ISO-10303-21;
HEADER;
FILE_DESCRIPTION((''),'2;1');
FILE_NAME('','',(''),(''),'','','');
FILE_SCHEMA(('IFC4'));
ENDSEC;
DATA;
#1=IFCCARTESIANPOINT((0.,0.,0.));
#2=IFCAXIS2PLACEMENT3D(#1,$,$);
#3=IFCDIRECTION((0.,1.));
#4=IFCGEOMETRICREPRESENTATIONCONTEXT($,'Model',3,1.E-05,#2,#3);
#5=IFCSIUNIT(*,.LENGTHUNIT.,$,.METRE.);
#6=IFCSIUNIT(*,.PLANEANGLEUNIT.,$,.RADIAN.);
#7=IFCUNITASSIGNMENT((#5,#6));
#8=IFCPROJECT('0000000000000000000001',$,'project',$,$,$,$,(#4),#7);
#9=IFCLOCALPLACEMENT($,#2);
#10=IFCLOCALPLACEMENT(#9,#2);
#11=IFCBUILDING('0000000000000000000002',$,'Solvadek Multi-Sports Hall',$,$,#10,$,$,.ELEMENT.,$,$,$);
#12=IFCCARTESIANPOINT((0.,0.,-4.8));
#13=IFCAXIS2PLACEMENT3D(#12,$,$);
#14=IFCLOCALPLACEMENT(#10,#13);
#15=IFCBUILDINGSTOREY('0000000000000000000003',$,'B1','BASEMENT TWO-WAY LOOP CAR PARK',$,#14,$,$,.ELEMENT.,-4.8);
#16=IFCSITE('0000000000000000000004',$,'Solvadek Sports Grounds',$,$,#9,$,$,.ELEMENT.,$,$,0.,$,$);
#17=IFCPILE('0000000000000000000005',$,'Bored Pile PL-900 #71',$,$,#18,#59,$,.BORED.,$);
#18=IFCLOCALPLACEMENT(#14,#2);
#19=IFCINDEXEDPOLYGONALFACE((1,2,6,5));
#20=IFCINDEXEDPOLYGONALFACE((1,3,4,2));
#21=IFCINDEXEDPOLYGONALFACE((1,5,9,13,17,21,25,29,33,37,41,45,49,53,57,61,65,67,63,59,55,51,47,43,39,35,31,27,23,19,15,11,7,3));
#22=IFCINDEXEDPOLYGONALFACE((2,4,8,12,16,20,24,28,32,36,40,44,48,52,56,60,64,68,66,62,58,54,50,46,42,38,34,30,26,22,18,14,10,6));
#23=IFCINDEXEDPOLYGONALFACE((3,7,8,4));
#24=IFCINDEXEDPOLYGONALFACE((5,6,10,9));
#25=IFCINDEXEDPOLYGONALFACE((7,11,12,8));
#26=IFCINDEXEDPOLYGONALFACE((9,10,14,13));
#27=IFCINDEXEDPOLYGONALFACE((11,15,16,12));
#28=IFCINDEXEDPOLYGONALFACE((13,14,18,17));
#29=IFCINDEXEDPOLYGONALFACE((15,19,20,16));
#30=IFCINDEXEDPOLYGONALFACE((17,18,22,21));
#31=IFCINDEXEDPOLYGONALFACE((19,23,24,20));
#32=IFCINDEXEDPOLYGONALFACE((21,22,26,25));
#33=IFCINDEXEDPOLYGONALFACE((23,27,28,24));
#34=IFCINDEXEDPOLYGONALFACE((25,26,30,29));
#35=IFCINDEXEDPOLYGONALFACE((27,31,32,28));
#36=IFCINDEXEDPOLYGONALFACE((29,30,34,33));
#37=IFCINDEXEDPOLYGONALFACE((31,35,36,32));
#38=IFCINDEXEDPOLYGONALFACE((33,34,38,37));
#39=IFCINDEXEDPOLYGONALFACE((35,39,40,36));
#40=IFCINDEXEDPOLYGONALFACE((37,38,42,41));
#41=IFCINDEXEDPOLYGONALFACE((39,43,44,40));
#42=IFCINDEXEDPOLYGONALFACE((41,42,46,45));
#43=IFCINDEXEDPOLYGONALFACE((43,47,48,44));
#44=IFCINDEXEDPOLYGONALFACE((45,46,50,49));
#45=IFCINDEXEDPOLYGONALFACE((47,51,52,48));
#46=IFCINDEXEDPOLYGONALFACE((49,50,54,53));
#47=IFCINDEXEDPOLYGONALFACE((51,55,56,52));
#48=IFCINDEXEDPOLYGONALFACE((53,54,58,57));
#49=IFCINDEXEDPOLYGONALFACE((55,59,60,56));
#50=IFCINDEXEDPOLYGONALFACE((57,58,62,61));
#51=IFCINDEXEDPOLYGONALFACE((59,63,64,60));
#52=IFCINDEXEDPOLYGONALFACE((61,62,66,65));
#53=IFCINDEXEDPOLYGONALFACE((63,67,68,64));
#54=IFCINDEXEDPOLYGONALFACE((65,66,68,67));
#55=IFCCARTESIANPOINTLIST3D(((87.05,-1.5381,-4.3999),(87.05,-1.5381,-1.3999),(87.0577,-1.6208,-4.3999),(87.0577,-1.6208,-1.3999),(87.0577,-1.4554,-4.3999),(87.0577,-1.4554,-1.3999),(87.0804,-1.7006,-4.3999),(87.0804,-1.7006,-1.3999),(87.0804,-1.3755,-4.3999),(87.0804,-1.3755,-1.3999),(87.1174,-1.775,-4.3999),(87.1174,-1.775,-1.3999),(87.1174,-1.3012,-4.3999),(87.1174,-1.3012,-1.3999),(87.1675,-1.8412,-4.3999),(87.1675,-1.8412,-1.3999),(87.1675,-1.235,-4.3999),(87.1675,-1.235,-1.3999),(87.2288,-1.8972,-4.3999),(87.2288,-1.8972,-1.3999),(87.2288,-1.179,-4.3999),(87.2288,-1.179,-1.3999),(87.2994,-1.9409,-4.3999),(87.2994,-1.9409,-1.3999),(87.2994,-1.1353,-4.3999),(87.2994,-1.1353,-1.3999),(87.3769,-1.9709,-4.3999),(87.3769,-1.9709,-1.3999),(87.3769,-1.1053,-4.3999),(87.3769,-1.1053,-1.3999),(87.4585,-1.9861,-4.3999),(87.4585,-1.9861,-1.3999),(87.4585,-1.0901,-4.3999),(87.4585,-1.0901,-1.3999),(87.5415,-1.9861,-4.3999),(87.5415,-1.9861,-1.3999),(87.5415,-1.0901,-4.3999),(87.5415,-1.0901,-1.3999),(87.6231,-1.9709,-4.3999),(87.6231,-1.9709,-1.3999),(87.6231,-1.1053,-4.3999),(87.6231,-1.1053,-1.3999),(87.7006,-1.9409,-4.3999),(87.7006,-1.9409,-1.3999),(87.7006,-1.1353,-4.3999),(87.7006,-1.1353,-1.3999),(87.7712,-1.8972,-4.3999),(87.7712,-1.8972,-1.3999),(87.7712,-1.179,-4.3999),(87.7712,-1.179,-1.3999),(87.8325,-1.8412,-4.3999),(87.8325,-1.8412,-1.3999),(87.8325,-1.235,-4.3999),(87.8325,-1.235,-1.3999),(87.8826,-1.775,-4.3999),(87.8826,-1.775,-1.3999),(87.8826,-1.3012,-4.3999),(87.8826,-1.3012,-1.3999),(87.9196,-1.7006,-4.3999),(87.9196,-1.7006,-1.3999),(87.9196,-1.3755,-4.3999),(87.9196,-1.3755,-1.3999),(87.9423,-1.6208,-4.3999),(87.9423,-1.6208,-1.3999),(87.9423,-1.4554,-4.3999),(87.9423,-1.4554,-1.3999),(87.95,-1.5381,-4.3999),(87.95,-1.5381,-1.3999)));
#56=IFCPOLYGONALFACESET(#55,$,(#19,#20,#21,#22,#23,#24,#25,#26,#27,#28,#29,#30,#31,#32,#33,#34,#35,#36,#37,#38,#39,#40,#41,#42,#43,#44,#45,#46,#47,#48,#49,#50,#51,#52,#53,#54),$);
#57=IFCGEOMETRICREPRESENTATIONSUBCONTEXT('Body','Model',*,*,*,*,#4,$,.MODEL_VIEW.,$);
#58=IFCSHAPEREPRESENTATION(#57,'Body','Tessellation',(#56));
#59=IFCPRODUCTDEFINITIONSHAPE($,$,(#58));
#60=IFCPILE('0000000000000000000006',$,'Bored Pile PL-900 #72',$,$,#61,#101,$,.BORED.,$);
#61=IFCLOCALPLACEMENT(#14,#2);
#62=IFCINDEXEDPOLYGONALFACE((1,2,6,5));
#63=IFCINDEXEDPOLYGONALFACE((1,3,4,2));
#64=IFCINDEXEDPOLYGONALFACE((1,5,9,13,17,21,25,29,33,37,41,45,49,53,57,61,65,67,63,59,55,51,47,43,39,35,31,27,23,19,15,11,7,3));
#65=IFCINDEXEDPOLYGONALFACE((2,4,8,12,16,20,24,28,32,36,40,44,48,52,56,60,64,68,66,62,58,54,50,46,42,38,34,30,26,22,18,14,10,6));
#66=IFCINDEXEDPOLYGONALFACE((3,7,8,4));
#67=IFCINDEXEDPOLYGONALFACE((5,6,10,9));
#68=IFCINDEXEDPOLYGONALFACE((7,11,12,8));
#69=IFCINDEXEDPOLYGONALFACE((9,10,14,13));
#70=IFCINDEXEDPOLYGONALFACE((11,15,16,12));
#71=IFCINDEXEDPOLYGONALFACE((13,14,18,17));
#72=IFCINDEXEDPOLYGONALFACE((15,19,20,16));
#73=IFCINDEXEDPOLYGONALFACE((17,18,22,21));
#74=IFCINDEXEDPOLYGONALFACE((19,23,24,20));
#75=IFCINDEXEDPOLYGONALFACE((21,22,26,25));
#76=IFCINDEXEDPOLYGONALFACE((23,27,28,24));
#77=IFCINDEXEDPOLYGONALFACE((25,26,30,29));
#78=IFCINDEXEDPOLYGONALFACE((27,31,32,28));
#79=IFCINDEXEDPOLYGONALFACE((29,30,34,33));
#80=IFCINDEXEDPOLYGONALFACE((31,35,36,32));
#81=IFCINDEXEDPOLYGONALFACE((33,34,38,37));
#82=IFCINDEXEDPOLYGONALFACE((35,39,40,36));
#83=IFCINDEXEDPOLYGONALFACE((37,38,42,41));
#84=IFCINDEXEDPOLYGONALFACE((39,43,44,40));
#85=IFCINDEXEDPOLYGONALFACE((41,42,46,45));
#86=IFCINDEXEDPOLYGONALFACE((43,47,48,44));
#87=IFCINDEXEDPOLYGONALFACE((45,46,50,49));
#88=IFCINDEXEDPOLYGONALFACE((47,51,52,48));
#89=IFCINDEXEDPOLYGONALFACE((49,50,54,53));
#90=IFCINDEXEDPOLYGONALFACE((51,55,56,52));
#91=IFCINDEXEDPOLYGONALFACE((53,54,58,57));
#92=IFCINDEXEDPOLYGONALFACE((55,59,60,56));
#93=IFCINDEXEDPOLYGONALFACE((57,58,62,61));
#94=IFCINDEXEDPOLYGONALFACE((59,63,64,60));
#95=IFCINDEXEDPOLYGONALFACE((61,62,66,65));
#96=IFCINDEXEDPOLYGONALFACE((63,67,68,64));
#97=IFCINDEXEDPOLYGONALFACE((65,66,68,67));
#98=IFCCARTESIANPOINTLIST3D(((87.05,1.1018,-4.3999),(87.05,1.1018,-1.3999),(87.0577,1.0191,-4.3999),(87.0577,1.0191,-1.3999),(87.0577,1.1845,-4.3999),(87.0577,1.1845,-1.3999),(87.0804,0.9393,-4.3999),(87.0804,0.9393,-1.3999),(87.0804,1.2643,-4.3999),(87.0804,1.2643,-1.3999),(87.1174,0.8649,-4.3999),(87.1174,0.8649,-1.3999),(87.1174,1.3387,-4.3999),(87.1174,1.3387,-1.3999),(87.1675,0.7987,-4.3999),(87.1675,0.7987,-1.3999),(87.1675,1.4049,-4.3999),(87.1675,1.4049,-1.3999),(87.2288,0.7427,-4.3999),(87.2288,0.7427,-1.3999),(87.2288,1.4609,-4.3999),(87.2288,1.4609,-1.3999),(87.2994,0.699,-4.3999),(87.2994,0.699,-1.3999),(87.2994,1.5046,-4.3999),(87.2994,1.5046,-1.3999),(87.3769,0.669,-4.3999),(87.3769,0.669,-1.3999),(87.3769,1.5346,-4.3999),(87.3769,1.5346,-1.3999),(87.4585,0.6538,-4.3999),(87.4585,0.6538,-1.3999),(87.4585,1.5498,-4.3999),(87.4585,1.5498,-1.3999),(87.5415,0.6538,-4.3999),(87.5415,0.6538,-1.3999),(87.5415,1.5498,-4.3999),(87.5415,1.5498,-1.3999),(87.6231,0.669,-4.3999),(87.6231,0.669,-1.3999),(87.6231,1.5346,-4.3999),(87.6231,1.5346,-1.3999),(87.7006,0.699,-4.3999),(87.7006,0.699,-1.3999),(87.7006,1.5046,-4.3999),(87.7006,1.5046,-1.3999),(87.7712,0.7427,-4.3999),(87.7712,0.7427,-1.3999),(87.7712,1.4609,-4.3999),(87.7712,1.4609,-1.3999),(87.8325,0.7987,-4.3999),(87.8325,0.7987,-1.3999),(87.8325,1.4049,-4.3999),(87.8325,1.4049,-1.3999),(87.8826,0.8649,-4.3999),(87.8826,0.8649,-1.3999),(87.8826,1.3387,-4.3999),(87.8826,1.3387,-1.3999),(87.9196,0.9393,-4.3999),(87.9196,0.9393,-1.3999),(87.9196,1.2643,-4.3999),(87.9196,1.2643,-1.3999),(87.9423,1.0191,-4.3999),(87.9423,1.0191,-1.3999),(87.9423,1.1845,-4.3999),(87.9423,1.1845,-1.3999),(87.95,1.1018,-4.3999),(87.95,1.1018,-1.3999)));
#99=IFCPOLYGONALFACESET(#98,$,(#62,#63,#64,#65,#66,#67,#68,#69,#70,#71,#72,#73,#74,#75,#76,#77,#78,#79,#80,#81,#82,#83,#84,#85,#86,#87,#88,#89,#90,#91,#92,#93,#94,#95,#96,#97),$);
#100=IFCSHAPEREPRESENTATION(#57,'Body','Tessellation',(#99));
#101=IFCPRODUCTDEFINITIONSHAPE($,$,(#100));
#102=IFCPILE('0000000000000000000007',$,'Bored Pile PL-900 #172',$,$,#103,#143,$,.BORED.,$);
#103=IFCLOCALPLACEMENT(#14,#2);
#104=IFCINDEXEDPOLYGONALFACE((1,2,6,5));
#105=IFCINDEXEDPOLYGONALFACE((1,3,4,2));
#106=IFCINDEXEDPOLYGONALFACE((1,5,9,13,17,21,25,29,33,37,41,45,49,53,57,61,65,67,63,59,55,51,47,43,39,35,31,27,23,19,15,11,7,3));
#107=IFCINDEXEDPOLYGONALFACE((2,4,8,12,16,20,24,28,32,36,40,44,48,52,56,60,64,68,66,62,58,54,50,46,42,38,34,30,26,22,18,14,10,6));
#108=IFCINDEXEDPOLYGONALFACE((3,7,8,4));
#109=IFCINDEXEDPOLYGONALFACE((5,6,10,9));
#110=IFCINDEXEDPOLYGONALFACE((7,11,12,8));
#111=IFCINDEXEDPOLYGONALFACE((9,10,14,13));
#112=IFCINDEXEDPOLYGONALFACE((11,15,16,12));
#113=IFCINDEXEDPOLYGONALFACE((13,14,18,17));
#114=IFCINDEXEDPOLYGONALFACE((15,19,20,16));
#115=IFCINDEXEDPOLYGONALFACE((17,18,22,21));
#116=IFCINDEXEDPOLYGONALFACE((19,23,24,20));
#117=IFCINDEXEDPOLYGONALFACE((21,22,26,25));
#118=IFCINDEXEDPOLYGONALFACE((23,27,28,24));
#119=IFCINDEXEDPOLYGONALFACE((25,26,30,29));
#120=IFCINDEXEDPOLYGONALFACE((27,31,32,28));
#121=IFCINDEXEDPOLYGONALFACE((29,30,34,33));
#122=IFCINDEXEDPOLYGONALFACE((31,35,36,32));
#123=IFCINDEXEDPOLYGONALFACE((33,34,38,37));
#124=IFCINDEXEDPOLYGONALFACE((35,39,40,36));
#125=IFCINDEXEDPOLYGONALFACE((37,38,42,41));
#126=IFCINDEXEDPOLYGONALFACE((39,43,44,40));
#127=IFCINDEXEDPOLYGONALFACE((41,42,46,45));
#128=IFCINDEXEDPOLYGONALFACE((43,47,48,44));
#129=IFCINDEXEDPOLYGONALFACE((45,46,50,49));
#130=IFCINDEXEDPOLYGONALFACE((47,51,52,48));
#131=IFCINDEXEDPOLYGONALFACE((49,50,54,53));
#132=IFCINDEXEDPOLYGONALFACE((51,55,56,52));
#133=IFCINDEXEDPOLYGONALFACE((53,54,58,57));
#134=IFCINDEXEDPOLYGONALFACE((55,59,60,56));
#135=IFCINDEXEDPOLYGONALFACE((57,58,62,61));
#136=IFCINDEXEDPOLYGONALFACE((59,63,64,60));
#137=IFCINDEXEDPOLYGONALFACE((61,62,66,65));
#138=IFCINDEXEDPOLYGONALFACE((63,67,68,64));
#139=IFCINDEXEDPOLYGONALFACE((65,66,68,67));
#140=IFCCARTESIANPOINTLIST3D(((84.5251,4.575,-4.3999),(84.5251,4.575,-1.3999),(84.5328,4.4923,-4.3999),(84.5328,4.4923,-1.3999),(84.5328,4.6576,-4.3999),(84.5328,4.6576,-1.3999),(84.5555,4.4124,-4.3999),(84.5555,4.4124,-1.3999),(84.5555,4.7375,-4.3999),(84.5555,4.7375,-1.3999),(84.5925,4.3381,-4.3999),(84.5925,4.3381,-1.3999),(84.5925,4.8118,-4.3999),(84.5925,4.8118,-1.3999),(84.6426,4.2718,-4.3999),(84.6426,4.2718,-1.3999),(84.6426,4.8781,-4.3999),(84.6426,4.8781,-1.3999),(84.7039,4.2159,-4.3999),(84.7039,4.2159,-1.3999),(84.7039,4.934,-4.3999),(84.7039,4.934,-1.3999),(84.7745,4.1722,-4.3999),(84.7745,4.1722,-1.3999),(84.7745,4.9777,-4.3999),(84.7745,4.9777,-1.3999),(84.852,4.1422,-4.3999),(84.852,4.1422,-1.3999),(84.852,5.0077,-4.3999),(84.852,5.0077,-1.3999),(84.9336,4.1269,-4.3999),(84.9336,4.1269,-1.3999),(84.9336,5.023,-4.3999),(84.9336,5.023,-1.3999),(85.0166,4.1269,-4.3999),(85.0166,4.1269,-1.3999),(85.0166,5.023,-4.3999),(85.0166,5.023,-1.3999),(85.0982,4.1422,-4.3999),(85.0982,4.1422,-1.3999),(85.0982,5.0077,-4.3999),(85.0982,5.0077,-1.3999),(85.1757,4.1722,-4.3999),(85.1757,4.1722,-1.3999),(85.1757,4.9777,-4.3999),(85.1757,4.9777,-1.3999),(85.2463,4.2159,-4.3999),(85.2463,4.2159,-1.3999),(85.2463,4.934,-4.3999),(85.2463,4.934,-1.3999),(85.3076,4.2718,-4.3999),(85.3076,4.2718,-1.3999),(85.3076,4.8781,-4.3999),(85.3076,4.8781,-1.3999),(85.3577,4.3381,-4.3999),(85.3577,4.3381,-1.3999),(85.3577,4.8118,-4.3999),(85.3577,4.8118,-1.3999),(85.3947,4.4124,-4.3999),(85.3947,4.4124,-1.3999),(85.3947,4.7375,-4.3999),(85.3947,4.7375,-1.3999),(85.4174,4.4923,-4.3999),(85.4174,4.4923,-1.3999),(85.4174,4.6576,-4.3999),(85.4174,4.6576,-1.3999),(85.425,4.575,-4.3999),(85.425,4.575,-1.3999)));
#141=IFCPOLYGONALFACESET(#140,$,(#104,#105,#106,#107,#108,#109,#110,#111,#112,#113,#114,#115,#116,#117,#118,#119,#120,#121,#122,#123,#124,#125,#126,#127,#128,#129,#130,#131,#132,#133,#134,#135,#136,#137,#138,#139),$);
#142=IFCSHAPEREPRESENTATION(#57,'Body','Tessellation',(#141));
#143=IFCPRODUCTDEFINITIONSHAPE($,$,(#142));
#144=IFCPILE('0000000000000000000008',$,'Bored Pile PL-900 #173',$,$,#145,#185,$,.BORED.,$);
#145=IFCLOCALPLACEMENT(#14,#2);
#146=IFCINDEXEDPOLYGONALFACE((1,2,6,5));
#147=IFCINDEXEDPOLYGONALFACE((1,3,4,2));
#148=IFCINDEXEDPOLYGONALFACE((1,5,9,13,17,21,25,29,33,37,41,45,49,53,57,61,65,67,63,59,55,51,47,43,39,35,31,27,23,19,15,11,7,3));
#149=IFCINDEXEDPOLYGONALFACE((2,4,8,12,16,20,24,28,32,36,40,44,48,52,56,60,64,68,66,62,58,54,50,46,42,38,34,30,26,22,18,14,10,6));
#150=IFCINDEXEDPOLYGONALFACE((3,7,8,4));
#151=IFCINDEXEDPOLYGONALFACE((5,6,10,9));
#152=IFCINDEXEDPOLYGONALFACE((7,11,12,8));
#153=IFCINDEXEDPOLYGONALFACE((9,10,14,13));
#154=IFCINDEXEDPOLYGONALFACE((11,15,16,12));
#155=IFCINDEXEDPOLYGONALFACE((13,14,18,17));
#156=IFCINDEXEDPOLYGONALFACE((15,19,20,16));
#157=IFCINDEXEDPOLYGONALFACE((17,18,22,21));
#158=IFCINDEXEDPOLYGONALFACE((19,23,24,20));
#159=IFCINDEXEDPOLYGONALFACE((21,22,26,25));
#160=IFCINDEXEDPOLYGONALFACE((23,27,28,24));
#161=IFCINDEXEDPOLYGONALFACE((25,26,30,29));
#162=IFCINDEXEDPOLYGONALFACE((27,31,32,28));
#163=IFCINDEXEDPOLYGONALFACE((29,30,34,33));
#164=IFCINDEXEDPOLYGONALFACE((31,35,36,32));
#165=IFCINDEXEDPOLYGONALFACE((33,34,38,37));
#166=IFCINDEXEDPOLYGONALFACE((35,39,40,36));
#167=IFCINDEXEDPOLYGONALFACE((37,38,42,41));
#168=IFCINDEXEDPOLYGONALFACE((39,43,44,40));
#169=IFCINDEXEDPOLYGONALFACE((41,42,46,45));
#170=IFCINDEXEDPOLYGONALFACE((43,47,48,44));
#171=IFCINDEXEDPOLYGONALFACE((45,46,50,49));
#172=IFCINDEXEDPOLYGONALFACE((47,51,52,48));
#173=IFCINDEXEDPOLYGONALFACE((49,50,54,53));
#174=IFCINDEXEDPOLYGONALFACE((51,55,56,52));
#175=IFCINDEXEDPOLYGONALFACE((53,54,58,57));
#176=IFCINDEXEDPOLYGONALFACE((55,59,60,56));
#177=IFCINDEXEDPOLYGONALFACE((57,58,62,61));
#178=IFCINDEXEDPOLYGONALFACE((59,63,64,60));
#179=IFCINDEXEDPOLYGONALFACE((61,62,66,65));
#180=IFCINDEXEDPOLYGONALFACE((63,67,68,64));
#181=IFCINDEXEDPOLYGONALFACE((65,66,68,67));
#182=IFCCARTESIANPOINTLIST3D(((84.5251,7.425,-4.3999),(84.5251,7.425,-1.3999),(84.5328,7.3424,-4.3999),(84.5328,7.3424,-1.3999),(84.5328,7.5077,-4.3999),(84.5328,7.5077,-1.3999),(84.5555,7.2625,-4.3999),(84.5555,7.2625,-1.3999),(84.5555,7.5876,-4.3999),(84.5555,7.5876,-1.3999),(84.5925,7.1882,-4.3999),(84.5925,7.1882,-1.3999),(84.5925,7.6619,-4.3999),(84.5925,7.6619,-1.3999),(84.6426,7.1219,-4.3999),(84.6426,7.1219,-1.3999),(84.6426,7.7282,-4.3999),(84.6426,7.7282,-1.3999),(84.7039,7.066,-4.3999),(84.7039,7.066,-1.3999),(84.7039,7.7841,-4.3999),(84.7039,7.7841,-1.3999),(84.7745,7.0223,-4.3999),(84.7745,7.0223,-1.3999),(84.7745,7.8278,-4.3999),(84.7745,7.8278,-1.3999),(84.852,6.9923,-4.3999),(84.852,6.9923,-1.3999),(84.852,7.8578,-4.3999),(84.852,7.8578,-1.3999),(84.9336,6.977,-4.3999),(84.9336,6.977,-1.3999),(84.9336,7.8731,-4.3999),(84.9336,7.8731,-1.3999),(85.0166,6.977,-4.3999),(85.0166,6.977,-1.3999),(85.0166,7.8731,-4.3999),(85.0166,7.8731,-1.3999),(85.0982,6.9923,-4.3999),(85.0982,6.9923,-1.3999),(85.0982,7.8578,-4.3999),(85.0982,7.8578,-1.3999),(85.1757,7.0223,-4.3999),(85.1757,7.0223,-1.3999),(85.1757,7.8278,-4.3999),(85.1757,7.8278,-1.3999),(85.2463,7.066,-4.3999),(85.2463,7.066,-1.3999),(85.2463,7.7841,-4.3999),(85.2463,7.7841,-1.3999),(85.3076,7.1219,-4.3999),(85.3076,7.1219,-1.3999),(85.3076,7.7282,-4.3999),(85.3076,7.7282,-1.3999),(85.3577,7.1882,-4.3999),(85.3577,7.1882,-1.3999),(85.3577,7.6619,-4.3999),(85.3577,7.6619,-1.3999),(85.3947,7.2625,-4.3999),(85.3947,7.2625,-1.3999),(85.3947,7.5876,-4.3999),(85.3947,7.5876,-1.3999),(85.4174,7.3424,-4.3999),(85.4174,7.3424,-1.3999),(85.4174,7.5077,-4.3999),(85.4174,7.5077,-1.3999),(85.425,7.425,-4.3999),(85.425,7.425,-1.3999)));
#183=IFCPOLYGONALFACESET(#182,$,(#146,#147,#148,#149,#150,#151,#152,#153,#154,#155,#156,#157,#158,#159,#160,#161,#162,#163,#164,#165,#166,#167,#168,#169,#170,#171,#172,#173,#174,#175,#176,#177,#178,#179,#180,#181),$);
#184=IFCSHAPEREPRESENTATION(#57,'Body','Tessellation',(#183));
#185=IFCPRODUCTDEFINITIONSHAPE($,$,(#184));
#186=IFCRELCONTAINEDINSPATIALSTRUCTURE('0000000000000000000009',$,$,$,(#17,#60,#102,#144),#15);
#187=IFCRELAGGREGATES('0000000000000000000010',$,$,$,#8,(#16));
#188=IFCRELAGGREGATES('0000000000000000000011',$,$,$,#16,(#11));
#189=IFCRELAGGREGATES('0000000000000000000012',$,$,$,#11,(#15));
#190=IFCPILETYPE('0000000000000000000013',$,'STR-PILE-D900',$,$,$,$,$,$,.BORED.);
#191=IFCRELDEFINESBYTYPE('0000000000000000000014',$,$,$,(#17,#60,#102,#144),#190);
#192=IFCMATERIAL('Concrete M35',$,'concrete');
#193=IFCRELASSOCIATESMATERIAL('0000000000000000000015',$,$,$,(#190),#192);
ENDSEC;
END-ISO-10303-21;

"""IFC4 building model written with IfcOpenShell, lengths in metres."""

from ifc_helpers import new_model, si_unit, direction, frame, origin, origin_2d, place, context, subcontext, project, spatial, circle, extrude, material, material_profile, profile_set, type_object, element, save


model = new_model("IFC4")

# Units and contexts
model_context = context("Model", 3, precision=1e-05, world=origin(), true_north=direction((0.0, 1.0)))
body_context = subcontext(model_context, "Body", "Model", "MODEL_VIEW")
ifc_project = project(units=[si_unit("LENGTHUNIT", "METRE"), si_unit("PLANEANGLEUNIT", "RADIAN")], contexts=[model_context])

# Site, building, storey
site_placement = place(None, origin())
site = spatial("IfcSite", under=ifc_project, at=site_placement, Name="Solvadek Sports Grounds", CompositionType="ELEMENT", RefElevation=0.0)
building_placement = place(site_placement, origin())
building = spatial("IfcBuilding", under=site, at=building_placement, Name="Solvadek Multi-Sports Hall", CompositionType="ELEMENT")
storey_placement = place(building_placement, frame((0.0, 0.0, -4.8)))
storey = spatial("IfcBuildingStorey", under=building, at=storey_placement, Name="B1", Description="BASEMENT TWO-WAY LOOP CAR PARK", CompositionType="ELEMENT", Elevation=-4.8)

# Piles
ifc_material_1 = material(Name="Concrete M35", Category="concrete")
ifc_material_profile_1 = material_profile(ifc_material_1, circle(Radius=0.45, at=origin_2d()), Name="BORED PILE D900")
ifc_profile_set_1 = profile_set([ifc_material_profile_1], Name="Concrete M35")
pile_type_1 = type_object("IfcPileType", Name="STR-PILE-D900", PredefinedType="BORED", material=ifc_profile_set_1)
for number, where, z_axis, x_axis, name in (
    (1, (87.5, -1.5381, -1.3999), (0.0, 0.0, -1.0), (1.0, 0.0, 0.0), "Bored Pile PL-900 #71"),
    (2, (87.5, 1.1018, -1.3999), (0.0, 0.0, -1.0), (1.0, 0.0, 0.0), "Bored Pile PL-900 #72"),
    (3, (84.9751, 4.575, -1.3999), (0.0, 0.0, -1.0), (1.0, 0.0, 0.0), "Bored Pile PL-900 #172"),
    (4, (84.9751, 7.425, -1.3999), (0.0, 0.0, -1.0), (1.0, 0.0, 0.0), "Bored Pile PL-900 #173"),
):
    element("IfcPile", number, at=place(storey_placement, frame(where, z_axis=z_axis, x_axis=x_axis)), inside=storey, type_object=pile_type_1, Name=name, PredefinedType="BORED", context=body_context, shape_type="SweptSolid", body=[
        extrude(circle(Radius=0.45, at=origin_2d()), origin(), (0.0, 0.0, 1.0), 3.0),
    ])

save(model, "model.ifc")
